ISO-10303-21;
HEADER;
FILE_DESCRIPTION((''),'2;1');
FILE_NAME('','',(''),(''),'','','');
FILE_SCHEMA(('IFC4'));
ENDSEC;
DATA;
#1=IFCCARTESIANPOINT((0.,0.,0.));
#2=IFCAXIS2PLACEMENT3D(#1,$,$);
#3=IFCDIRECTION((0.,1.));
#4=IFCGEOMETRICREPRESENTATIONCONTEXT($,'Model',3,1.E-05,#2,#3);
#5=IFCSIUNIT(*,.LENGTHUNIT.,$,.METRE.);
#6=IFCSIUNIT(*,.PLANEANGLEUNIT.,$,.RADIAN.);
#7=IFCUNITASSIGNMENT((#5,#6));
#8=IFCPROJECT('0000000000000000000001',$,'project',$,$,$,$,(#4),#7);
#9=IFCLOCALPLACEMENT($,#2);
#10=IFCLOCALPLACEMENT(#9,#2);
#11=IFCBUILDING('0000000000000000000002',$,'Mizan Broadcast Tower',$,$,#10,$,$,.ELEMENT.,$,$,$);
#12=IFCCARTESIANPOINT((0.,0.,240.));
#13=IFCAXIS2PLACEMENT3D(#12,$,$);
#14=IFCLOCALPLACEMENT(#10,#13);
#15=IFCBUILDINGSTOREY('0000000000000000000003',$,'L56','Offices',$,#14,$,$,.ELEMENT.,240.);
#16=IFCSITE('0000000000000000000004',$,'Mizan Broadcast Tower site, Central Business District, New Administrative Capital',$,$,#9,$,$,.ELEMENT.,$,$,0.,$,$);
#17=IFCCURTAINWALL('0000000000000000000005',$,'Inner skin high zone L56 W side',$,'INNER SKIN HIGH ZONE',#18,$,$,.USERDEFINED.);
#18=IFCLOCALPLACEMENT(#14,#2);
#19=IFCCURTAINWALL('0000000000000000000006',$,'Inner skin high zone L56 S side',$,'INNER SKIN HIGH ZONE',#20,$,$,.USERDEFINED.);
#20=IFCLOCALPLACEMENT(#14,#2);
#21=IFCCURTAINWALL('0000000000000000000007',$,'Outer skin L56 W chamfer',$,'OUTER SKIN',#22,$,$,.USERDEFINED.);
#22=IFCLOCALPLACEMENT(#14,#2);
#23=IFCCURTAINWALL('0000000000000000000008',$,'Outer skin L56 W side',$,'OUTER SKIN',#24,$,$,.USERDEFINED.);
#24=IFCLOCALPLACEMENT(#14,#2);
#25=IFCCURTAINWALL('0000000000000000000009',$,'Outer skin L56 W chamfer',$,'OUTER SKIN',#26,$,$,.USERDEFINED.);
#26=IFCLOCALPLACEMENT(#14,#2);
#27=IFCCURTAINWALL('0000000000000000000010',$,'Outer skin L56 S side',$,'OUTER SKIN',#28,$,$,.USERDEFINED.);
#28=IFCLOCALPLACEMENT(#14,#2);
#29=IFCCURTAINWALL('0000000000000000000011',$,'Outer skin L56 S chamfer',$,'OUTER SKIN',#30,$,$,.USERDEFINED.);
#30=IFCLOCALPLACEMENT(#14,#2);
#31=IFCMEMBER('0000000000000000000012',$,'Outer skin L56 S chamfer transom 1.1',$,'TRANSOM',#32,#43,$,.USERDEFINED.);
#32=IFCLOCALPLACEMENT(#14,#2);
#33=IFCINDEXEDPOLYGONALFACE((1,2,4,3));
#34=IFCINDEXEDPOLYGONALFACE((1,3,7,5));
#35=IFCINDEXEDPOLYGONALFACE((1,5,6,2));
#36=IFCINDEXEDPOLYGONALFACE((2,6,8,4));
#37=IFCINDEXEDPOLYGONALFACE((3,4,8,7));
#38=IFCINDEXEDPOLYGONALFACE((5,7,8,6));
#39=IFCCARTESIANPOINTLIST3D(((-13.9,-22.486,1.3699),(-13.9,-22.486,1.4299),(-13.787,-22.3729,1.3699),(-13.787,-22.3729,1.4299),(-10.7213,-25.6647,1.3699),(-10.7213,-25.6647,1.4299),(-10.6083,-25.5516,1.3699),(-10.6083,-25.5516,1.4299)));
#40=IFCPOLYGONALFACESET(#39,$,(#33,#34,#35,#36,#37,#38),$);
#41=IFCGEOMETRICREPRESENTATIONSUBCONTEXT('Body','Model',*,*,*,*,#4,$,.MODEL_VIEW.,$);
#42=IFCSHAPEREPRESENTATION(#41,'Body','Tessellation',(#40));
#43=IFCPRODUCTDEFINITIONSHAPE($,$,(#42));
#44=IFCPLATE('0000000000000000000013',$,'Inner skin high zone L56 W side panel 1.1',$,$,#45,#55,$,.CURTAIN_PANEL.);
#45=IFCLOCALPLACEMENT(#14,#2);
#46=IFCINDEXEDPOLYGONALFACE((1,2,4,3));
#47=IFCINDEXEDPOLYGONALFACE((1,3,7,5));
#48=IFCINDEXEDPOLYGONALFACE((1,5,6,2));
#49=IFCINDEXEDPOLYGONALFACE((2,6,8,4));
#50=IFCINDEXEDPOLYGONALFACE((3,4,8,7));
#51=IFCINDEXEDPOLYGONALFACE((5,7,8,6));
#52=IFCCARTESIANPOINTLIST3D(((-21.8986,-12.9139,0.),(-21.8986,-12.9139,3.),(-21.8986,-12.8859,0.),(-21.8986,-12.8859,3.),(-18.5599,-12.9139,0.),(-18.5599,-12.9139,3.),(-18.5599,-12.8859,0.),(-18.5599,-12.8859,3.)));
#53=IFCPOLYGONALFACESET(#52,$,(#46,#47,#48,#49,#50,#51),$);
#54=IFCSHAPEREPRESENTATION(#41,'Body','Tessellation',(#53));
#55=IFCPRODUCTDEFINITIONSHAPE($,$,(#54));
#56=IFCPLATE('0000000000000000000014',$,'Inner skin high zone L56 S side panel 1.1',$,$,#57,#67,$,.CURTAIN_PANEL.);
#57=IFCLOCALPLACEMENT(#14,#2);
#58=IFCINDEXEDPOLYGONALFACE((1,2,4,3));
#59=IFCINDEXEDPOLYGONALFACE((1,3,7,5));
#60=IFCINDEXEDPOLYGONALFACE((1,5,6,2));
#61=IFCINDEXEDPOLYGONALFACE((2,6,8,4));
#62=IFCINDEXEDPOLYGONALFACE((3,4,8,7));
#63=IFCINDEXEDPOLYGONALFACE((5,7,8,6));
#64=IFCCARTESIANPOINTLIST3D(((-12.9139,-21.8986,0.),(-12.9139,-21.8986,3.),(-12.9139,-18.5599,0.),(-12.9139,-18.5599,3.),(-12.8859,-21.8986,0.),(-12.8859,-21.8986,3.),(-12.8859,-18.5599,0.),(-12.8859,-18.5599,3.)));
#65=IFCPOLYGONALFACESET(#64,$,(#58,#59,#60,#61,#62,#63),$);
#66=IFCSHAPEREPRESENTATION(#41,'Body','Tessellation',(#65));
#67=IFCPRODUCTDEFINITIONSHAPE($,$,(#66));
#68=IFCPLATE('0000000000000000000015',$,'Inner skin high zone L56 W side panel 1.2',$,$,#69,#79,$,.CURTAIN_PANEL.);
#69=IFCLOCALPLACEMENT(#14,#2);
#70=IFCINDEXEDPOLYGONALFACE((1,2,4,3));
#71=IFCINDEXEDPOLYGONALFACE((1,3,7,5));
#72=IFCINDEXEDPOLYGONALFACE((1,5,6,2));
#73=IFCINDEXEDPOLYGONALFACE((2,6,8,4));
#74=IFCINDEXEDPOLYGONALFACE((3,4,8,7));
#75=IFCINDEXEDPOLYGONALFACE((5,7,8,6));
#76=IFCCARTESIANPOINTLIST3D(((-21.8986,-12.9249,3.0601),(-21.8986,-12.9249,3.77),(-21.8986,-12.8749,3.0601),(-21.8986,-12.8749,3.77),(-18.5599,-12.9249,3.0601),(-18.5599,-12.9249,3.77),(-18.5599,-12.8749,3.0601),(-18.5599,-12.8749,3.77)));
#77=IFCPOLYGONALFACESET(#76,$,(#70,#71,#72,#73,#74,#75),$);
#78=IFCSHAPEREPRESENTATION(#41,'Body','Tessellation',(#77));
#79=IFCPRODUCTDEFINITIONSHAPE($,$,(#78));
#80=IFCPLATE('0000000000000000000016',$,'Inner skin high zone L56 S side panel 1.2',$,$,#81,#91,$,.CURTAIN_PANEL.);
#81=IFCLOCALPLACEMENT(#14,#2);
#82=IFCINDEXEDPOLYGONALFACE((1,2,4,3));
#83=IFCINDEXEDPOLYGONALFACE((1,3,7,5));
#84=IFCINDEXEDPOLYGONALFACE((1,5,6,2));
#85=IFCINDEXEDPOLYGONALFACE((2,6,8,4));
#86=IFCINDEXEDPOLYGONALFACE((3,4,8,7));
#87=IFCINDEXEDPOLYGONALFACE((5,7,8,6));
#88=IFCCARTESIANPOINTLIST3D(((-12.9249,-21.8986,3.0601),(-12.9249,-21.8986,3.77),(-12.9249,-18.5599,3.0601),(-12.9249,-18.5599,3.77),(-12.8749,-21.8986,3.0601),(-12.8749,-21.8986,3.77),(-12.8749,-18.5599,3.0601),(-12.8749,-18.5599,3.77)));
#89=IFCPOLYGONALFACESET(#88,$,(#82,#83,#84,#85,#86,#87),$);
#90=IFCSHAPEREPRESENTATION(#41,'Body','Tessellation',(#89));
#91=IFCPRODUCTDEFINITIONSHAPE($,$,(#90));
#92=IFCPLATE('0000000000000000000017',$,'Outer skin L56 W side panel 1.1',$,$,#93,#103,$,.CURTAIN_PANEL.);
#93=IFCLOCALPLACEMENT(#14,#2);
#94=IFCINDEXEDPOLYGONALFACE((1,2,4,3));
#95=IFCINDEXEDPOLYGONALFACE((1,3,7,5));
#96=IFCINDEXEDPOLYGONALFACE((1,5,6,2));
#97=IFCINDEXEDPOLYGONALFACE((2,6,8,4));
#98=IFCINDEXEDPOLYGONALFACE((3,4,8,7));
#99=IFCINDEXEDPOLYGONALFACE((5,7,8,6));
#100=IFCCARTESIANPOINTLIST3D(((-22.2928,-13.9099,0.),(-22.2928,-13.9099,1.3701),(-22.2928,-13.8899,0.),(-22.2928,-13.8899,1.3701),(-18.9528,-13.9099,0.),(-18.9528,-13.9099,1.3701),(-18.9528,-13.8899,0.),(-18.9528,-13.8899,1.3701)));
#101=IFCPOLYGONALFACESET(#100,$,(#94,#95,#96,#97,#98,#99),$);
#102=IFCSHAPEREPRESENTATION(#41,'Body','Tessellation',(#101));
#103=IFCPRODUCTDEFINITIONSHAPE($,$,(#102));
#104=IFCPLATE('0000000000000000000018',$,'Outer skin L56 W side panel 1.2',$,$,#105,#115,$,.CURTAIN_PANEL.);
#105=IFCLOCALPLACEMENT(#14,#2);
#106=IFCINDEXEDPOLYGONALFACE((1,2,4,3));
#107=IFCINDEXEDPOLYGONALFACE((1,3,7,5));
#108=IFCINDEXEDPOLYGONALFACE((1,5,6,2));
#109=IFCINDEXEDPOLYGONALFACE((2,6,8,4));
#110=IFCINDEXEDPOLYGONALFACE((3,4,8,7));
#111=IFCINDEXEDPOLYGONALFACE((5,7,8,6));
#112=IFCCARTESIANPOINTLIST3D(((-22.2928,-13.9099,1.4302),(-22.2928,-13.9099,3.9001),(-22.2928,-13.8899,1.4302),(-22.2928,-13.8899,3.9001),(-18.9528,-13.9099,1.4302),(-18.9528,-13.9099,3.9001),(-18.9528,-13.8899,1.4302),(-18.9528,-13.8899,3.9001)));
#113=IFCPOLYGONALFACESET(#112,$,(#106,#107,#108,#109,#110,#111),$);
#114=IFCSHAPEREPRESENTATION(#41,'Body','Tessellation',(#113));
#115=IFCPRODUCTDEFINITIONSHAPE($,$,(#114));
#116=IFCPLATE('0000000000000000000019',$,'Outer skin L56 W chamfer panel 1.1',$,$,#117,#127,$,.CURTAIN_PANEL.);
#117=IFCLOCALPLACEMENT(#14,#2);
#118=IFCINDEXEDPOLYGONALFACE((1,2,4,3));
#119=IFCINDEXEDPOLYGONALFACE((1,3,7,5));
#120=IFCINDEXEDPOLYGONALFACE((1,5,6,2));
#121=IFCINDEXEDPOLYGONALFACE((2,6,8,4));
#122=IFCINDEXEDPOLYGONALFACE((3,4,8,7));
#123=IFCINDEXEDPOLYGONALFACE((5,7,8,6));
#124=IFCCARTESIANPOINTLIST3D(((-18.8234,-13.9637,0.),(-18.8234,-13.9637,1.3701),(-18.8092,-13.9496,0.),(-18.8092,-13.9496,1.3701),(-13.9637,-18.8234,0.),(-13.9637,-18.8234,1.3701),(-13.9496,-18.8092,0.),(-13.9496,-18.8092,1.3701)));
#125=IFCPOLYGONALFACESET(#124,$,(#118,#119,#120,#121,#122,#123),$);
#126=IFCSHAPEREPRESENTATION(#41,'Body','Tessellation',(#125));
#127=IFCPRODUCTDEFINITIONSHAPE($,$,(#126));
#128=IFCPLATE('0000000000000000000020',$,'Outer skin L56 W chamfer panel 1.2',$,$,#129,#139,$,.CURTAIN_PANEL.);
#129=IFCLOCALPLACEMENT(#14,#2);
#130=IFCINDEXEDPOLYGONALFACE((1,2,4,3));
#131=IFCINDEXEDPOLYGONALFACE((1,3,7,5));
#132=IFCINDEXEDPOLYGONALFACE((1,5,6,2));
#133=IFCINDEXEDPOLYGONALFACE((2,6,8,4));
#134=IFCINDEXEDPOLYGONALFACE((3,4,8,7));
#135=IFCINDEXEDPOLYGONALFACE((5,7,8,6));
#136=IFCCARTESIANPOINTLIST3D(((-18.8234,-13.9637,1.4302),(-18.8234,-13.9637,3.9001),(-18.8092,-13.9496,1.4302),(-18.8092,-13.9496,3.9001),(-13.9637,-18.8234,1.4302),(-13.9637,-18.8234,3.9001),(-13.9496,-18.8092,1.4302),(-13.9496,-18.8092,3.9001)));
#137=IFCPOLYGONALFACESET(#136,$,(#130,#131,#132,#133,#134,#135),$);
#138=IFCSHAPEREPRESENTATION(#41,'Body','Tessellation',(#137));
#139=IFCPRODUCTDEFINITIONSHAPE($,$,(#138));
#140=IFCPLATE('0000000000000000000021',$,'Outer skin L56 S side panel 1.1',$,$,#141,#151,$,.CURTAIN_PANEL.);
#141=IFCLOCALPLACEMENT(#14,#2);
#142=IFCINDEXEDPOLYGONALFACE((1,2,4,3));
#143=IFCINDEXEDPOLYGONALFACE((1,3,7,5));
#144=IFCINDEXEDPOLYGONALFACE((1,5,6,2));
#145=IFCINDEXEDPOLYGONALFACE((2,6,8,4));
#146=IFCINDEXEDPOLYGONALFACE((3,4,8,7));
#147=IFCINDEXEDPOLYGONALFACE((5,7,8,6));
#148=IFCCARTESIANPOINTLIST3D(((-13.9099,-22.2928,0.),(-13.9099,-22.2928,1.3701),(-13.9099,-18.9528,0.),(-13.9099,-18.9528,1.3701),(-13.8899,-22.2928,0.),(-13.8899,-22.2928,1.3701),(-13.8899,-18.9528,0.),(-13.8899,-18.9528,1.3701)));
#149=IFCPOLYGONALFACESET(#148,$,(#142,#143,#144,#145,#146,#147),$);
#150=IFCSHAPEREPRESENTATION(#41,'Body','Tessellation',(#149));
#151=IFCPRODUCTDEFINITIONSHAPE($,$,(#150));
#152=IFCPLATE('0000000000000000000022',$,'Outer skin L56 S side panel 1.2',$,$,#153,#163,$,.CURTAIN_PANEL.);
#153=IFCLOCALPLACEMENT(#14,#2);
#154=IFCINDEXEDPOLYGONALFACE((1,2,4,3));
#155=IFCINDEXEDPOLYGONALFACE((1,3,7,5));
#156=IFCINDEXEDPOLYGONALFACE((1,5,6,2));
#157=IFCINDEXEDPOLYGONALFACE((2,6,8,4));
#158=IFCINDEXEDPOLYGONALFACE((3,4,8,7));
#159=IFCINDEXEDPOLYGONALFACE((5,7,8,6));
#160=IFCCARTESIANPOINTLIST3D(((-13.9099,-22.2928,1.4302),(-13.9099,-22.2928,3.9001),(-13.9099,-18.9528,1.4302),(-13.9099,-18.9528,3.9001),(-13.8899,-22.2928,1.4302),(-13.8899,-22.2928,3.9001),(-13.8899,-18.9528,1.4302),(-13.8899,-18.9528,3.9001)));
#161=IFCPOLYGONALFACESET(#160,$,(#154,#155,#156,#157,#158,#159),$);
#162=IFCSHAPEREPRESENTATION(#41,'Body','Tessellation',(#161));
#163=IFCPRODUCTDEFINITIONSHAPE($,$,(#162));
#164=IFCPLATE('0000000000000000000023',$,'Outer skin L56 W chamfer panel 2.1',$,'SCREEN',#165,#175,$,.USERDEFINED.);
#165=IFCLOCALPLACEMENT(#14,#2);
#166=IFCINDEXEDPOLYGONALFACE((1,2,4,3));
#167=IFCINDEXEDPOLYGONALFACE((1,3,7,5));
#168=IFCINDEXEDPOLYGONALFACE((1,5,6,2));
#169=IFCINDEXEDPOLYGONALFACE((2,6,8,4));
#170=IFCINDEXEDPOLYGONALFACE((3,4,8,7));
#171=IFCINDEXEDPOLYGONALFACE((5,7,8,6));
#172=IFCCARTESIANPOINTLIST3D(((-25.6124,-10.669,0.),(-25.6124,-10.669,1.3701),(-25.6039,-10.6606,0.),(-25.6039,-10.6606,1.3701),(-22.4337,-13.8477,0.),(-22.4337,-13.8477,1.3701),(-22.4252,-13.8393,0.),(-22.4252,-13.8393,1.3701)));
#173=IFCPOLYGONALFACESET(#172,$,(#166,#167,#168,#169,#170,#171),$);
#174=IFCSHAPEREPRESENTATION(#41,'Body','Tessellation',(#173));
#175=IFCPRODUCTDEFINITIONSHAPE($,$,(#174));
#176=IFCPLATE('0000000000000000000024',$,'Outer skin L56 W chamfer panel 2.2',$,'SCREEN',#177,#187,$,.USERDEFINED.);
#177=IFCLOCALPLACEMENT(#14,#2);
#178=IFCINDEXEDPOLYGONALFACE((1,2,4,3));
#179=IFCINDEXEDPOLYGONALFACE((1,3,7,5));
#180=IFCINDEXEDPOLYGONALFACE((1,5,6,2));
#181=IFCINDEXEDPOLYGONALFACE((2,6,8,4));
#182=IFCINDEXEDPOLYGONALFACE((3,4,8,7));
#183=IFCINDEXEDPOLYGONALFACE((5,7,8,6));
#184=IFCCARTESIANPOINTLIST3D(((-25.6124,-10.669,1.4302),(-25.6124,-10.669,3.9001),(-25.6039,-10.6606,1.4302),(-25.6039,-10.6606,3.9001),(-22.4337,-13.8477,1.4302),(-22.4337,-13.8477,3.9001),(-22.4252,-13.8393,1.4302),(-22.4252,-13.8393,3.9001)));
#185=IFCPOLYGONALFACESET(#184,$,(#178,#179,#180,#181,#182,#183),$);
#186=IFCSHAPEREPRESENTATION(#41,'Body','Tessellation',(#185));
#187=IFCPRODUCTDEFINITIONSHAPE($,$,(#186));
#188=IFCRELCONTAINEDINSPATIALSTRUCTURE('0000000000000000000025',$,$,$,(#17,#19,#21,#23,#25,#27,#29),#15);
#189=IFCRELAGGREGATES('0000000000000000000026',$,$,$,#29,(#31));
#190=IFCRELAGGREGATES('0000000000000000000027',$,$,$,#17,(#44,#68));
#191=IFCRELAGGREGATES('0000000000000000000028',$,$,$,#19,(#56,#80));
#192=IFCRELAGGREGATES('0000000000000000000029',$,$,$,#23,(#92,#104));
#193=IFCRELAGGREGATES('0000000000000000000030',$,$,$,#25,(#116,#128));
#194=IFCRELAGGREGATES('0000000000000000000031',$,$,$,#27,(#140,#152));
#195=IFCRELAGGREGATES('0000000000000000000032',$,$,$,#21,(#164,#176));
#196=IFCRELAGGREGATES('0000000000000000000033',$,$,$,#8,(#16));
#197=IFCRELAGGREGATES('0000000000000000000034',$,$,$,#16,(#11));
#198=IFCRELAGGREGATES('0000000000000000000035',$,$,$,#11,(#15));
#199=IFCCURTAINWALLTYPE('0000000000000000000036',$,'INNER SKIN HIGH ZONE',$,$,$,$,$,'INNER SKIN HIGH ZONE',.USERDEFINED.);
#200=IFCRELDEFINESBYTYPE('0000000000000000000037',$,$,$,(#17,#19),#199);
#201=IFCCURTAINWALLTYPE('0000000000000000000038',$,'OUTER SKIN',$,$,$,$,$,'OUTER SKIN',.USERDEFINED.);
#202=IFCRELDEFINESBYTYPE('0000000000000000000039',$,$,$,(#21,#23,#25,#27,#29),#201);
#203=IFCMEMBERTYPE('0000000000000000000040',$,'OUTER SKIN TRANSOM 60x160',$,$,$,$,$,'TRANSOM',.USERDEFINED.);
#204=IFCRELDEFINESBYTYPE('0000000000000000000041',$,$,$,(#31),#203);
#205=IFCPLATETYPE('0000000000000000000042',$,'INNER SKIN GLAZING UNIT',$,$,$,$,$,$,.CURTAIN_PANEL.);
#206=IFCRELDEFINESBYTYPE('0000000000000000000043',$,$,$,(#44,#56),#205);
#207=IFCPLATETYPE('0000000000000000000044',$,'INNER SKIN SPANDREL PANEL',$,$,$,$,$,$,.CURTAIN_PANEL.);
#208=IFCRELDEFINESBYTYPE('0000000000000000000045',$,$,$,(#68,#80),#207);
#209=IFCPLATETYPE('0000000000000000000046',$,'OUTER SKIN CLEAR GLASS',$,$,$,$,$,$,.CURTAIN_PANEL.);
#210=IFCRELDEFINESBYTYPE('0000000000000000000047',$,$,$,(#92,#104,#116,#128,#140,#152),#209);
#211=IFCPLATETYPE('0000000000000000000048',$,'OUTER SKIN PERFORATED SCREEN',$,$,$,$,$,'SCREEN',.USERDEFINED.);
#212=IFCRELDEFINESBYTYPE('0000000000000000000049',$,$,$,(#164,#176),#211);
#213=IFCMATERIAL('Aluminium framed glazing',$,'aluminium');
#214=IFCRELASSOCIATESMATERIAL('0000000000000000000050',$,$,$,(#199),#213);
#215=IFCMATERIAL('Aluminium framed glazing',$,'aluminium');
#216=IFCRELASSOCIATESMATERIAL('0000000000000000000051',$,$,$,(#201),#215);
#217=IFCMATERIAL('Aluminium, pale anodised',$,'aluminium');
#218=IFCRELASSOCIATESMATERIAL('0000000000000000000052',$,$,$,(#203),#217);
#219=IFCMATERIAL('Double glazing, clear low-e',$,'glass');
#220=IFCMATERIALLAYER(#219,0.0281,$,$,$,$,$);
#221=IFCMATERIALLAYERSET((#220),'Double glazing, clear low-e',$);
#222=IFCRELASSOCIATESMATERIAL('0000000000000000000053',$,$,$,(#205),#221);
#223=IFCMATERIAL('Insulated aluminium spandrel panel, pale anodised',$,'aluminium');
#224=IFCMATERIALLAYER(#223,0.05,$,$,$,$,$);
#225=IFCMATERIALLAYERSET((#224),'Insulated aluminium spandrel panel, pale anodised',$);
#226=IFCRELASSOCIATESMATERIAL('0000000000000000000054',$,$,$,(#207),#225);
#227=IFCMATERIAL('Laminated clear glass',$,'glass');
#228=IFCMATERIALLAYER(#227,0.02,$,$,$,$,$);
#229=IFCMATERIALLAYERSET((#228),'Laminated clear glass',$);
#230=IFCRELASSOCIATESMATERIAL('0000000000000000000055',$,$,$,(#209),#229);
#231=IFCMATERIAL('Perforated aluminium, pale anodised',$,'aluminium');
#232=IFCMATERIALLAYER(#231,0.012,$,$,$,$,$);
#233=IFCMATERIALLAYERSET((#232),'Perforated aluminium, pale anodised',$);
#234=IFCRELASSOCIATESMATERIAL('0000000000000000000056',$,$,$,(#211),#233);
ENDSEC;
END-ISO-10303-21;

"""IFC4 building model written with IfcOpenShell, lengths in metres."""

from ifc_helpers import new_model, si_unit, direction, frame, origin, origin_2d, place, context, subcontext, project, spatial, rectangle, extrude, material, layer, layer_set, material_profile, profile_set, type_object, element, aggregate, save


model = new_model("IFC4")

# Units and contexts
model_context = context("Model", 3, precision=1e-05, world=origin(), true_north=direction((0.0, 1.0)))
body_context = subcontext(model_context, "Body", "Model", "MODEL_VIEW")
ifc_project = project(units=[si_unit("LENGTHUNIT", "METRE"), si_unit("PLANEANGLEUNIT", "RADIAN")], contexts=[model_context])

# Site, building, storey
site_placement = place(None, origin())
site = spatial("IfcSite", under=ifc_project, at=site_placement, Name="Mizan Broadcast Tower site, Central Business District, New Administrative Capital", CompositionType="ELEMENT", RefElevation=0.0)
building_placement = place(site_placement, origin())
building = spatial("IfcBuilding", under=site, at=building_placement, Name="Mizan Broadcast Tower", CompositionType="ELEMENT")
storey_placement = place(building_placement, frame((0.0, 0.0, 240.0)))
storey = spatial("IfcBuildingStorey", under=building, at=storey_placement, Name="L56", Description="Offices", CompositionType="ELEMENT", Elevation=240.0)

# Curtain walls
ifc_material_1 = material(Name="Aluminium framed glazing", Category="aluminium")
curtain_wall_type_1 = type_object("IfcCurtainWallType", Name="INNER SKIN HIGH ZONE", ElementType="INNER SKIN HIGH ZONE", PredefinedType="USERDEFINED", material=ifc_material_1)
curtain_wall_1_placement = place(storey_placement, origin())
curtain_wall_1 = element("IfcCurtainWall", 1, at=curtain_wall_1_placement, inside=storey, type_object=curtain_wall_type_1, Name="Inner skin high zone L56 W side", ObjectType="INNER SKIN HIGH ZONE", PredefinedType="USERDEFINED")
curtain_wall_2_placement = place(storey_placement, origin())
curtain_wall_2 = element("IfcCurtainWall", 2, at=curtain_wall_2_placement, inside=storey, type_object=curtain_wall_type_1, Name="Inner skin high zone L56 S side", ObjectType="INNER SKIN HIGH ZONE", PredefinedType="USERDEFINED")

# Curtain walls
ifc_material_2 = material(Name="Aluminium framed glazing", Category="aluminium")
curtain_wall_type_2 = type_object("IfcCurtainWallType", Name="OUTER SKIN", ElementType="OUTER SKIN", PredefinedType="USERDEFINED", material=ifc_material_2)
curtain_wall_3_placement = place(storey_placement, origin())
curtain_wall_3 = element("IfcCurtainWall", 3, at=curtain_wall_3_placement, inside=storey, type_object=curtain_wall_type_2, Name="Outer skin L56 W chamfer", ObjectType="OUTER SKIN", PredefinedType="USERDEFINED")
curtain_wall_4_placement = place(storey_placement, origin())
curtain_wall_4 = element("IfcCurtainWall", 4, at=curtain_wall_4_placement, inside=storey, type_object=curtain_wall_type_2, Name="Outer skin L56 W side", ObjectType="OUTER SKIN", PredefinedType="USERDEFINED")
curtain_wall_5_placement = place(storey_placement, origin())
curtain_wall_5 = element("IfcCurtainWall", 5, at=curtain_wall_5_placement, inside=storey, type_object=curtain_wall_type_2, Name="Outer skin L56 W chamfer", ObjectType="OUTER SKIN", PredefinedType="USERDEFINED")
curtain_wall_6_placement = place(storey_placement, origin())
curtain_wall_6 = element("IfcCurtainWall", 6, at=curtain_wall_6_placement, inside=storey, type_object=curtain_wall_type_2, Name="Outer skin L56 S side", ObjectType="OUTER SKIN", PredefinedType="USERDEFINED")

# Shared definitions
ifc_material_3 = material(Name="Aluminium, pale anodised", Category="aluminium")
ifc_material_profile_1 = material_profile(ifc_material_3, rectangle(XDim=0.1599, YDim=0.0601, at=origin_2d()), Name="TRANSOM 160x60")
ifc_profile_set_1 = profile_set([ifc_material_profile_1], Name="Aluminium, pale anodised")
member_type_1 = type_object("IfcMemberType", Name="OUTER SKIN TRANSOM 60x160", ElementType="TRANSOM", PredefinedType="USERDEFINED", material=ifc_profile_set_1)

# Curtain wall, member
curtain_wall_7_placement = place(storey_placement, origin())
curtain_wall_7 = element("IfcCurtainWall", 7, at=curtain_wall_7_placement, inside=storey, type_object=curtain_wall_type_2, Name="Outer skin L56 S chamfer", ObjectType="OUTER SKIN", PredefinedType="USERDEFINED")
member_1_placement = place(storey_placement, frame((-13.8435, -22.4294, 1.3999), z_axis=(0.707107, -0.707107, 0.0), x_axis=(0.707107, 0.707107, 0.0)))
member_1 = element("IfcMember", 8, at=member_1_placement, type_object=member_type_1, Name="Outer skin L56 S chamfer transom 1.1", ObjectType="TRANSOM", PredefinedType="USERDEFINED", context=body_context, shape_type="SweptSolid", body=[
    extrude(rectangle(XDim=0.1599, YDim=0.0601, at=origin_2d()), origin(), (0.0, 0.0, 1.0), 4.4954),
])
aggregate(curtain_wall_7, [member_1])

# Plates
ifc_material_4 = material(Name="Double glazing, clear low-e", Category="glass")
ifc_layer_1 = layer(ifc_material_4, 0.0281)
ifc_layer_set_1 = layer_set([ifc_layer_1], Name="Double glazing, clear low-e")
plate_type_1 = type_object("IfcPlateType", Name="INNER SKIN GLAZING UNIT", PredefinedType="CURTAIN_PANEL", material=ifc_layer_set_1)
plate_1_placement = place(storey_placement, frame((-20.2292, -12.8999, 0.0), z_axis=(0.0, 0.0, 1.0), x_axis=(1.0, 0.0, 0.0)))
plate_1 = element("IfcPlate", 9, at=plate_1_placement, type_object=plate_type_1, Name="Inner skin high zone L56 W side panel 1.1", PredefinedType="CURTAIN_PANEL", context=body_context, shape_type="SweptSolid", body=[
    extrude(rectangle(XDim=3.3386, YDim=0.0281, at=origin_2d()), origin(), (0.0, 0.0, 1.0), 3.0),
])
plate_2_placement = place(storey_placement, frame((-12.8999, -20.2292, 0.0), z_axis=(0.0, 0.0, 1.0), x_axis=(0.0, -1.0, 0.0)))
plate_2 = element("IfcPlate", 10, at=plate_2_placement, type_object=plate_type_1, Name="Inner skin high zone L56 S side panel 1.1", PredefinedType="CURTAIN_PANEL", context=body_context, shape_type="SweptSolid", body=[
    extrude(rectangle(XDim=3.3386, YDim=0.0281, at=origin_2d()), origin(), (0.0, 0.0, 1.0), 3.0),
])
ifc_material_5 = material(Name="Insulated aluminium spandrel panel, pale anodised", Category="aluminium")
ifc_layer_2 = layer(ifc_material_5, 0.05)
ifc_layer_set_2 = layer_set([ifc_layer_2], Name="Insulated aluminium spandrel panel, pale anodised")
plate_type_2 = type_object("IfcPlateType", Name="INNER SKIN SPANDREL PANEL", PredefinedType="CURTAIN_PANEL", material=ifc_layer_set_2)
plate_3_placement = place(storey_placement, frame((-20.2292, -12.8999, 3.0601), z_axis=(0.0, 0.0, 1.0), x_axis=(1.0, 0.0, 0.0)))
plate_3 = element("IfcPlate", 11, at=plate_3_placement, type_object=plate_type_2, Name="Inner skin high zone L56 W side panel 1.2", PredefinedType="CURTAIN_PANEL", context=body_context, shape_type="SweptSolid", body=[
    extrude(rectangle(XDim=3.3386, YDim=0.05, at=origin_2d()), origin(), (0.0, 0.0, 1.0), 0.71),
])
aggregate(curtain_wall_1, [plate_1, plate_3])
plate_4_placement = place(storey_placement, frame((-12.8999, -20.2292, 3.0601), z_axis=(0.0, 0.0, 1.0), x_axis=(0.0, -1.0, 0.0)))
plate_4 = element("IfcPlate", 12, at=plate_4_placement, type_object=plate_type_2, Name="Inner skin high zone L56 S side panel 1.2", PredefinedType="CURTAIN_PANEL", context=body_context, shape_type="SweptSolid", body=[
    extrude(rectangle(XDim=3.3386, YDim=0.05, at=origin_2d()), origin(), (0.0, 0.0, 1.0), 0.71),
])
aggregate(curtain_wall_2, [plate_2, plate_4])
ifc_material_6 = material(Name="Laminated clear glass", Category="glass")
ifc_layer_3 = layer(ifc_material_6, 0.02)
ifc_layer_set_3 = layer_set([ifc_layer_3], Name="Laminated clear glass")
plate_type_3 = type_object("IfcPlateType", Name="OUTER SKIN CLEAR GLASS", PredefinedType="CURTAIN_PANEL", material=ifc_layer_set_3)
plate_5_placement = place(storey_placement, frame((-20.6228, -13.8999, 0.0), z_axis=(0.0, 0.0, 1.0), x_axis=(1.0, 0.0, 0.0)))
plate_5 = element("IfcPlate", 13, at=plate_5_placement, type_object=plate_type_3, Name="Outer skin L56 W side panel 1.1", PredefinedType="CURTAIN_PANEL", context=body_context, shape_type="SweptSolid", body=[
    extrude(rectangle(XDim=3.3401, YDim=0.02, at=origin_2d()), origin(), (0.0, 0.0, 1.0), 1.3701),
])
plate_6_placement = place(storey_placement, frame((-20.6228, -13.8999, 1.4302), z_axis=(0.0, 0.0, 1.0), x_axis=(1.0, 0.0, 0.0)))
plate_6 = element("IfcPlate", 14, at=plate_6_placement, type_object=plate_type_3, Name="Outer skin L56 W side panel 1.2", PredefinedType="CURTAIN_PANEL", context=body_context, shape_type="SweptSolid", body=[
    extrude(rectangle(XDim=3.3401, YDim=0.02, at=origin_2d()), origin(), (0.0, 0.0, 1.0), 2.47),
])
aggregate(curtain_wall_4, [plate_5, plate_6])
plate_7_placement = place(storey_placement, frame((-16.3865, -16.3865, 0.0), z_axis=(0.0, 0.0, 1.0), x_axis=(0.707107, -0.707107, 0.0)))
plate_7 = element("IfcPlate", 15, at=plate_7_placement, type_object=plate_type_3, Name="Outer skin L56 W chamfer panel 1.1", PredefinedType="CURTAIN_PANEL", context=body_context, shape_type="SweptSolid", body=[
    extrude(rectangle(XDim=6.8726, YDim=0.02, at=origin_2d()), origin(), (0.0, 0.0, 1.0), 1.3701),
])
plate_8_placement = place(storey_placement, frame((-16.3865, -16.3865, 1.4302), z_axis=(0.0, 0.0, 1.0), x_axis=(0.707107, -0.707107, 0.0)))
plate_8 = element("IfcPlate", 16, at=plate_8_placement, type_object=plate_type_3, Name="Outer skin L56 W chamfer panel 1.2", PredefinedType="CURTAIN_PANEL", context=body_context, shape_type="SweptSolid", body=[
    extrude(rectangle(XDim=6.8726, YDim=0.02, at=origin_2d()), origin(), (0.0, 0.0, 1.0), 2.47),
])
aggregate(curtain_wall_5, [plate_7, plate_8])
plate_9_placement = place(storey_placement, frame((-13.8999, -20.6228, 0.0), z_axis=(0.0, 0.0, 1.0), x_axis=(0.0, -1.0, 0.0)))
plate_9 = element("IfcPlate", 17, at=plate_9_placement, type_object=plate_type_3, Name="Outer skin L56 S side panel 1.1", PredefinedType="CURTAIN_PANEL", context=body_context, shape_type="SweptSolid", body=[
    extrude(rectangle(XDim=3.3401, YDim=0.02, at=origin_2d()), origin(), (0.0, 0.0, 1.0), 1.3701),
])
plate_10_placement = place(storey_placement, frame((-13.8999, -20.6228, 1.4302), z_axis=(0.0, 0.0, 1.0), x_axis=(0.0, -1.0, 0.0)))
plate_10 = element("IfcPlate", 18, at=plate_10_placement, type_object=plate_type_3, Name="Outer skin L56 S side panel 1.2", PredefinedType="CURTAIN_PANEL", context=body_context, shape_type="SweptSolid", body=[
    extrude(rectangle(XDim=3.3401, YDim=0.02, at=origin_2d()), origin(), (0.0, 0.0, 1.0), 2.47),
])
aggregate(curtain_wall_6, [plate_9, plate_10])
ifc_material_7 = material(Name="Perforated aluminium, pale anodised", Category="aluminium")
ifc_layer_4 = layer(ifc_material_7, 0.012)
ifc_layer_set_4 = layer_set([ifc_layer_4], Name="Perforated aluminium, pale anodised")
plate_type_4 = type_object("IfcPlateType", Name="OUTER SKIN PERFORATED SCREEN", ElementType="SCREEN", PredefinedType="USERDEFINED", material=ifc_layer_set_4)
plate_11_placement = place(storey_placement, frame((-24.0188, -12.2542, 0.0), z_axis=(0.0, 0.0, 1.0), x_axis=(0.707107, -0.707107, 0.0)))
plate_11 = element("IfcPlate", 19, at=plate_11_placement, type_object=plate_type_4, Name="Outer skin L56 W chamfer panel 2.1", ObjectType="SCREEN", PredefinedType="USERDEFINED", context=body_context, shape_type="SweptSolid", body=[
    extrude(rectangle(XDim=4.4954, YDim=0.012, at=origin_2d()), origin(), (0.0, 0.0, 1.0), 1.3701),
])
plate_12_placement = place(storey_placement, frame((-24.0188, -12.2542, 1.4302), z_axis=(0.0, 0.0, 1.0), x_axis=(0.707107, -0.707107, 0.0)))
plate_12 = element("IfcPlate", 20, at=plate_12_placement, type_object=plate_type_4, Name="Outer skin L56 W chamfer panel 2.2", ObjectType="SCREEN", PredefinedType="USERDEFINED", context=body_context, shape_type="SweptSolid", body=[
    extrude(rectangle(XDim=4.4954, YDim=0.012, at=origin_2d()), origin(), (0.0, 0.0, 1.0), 2.47),
])
aggregate(curtain_wall_3, [plate_11, plate_12])

save(model, "model.ifc")
